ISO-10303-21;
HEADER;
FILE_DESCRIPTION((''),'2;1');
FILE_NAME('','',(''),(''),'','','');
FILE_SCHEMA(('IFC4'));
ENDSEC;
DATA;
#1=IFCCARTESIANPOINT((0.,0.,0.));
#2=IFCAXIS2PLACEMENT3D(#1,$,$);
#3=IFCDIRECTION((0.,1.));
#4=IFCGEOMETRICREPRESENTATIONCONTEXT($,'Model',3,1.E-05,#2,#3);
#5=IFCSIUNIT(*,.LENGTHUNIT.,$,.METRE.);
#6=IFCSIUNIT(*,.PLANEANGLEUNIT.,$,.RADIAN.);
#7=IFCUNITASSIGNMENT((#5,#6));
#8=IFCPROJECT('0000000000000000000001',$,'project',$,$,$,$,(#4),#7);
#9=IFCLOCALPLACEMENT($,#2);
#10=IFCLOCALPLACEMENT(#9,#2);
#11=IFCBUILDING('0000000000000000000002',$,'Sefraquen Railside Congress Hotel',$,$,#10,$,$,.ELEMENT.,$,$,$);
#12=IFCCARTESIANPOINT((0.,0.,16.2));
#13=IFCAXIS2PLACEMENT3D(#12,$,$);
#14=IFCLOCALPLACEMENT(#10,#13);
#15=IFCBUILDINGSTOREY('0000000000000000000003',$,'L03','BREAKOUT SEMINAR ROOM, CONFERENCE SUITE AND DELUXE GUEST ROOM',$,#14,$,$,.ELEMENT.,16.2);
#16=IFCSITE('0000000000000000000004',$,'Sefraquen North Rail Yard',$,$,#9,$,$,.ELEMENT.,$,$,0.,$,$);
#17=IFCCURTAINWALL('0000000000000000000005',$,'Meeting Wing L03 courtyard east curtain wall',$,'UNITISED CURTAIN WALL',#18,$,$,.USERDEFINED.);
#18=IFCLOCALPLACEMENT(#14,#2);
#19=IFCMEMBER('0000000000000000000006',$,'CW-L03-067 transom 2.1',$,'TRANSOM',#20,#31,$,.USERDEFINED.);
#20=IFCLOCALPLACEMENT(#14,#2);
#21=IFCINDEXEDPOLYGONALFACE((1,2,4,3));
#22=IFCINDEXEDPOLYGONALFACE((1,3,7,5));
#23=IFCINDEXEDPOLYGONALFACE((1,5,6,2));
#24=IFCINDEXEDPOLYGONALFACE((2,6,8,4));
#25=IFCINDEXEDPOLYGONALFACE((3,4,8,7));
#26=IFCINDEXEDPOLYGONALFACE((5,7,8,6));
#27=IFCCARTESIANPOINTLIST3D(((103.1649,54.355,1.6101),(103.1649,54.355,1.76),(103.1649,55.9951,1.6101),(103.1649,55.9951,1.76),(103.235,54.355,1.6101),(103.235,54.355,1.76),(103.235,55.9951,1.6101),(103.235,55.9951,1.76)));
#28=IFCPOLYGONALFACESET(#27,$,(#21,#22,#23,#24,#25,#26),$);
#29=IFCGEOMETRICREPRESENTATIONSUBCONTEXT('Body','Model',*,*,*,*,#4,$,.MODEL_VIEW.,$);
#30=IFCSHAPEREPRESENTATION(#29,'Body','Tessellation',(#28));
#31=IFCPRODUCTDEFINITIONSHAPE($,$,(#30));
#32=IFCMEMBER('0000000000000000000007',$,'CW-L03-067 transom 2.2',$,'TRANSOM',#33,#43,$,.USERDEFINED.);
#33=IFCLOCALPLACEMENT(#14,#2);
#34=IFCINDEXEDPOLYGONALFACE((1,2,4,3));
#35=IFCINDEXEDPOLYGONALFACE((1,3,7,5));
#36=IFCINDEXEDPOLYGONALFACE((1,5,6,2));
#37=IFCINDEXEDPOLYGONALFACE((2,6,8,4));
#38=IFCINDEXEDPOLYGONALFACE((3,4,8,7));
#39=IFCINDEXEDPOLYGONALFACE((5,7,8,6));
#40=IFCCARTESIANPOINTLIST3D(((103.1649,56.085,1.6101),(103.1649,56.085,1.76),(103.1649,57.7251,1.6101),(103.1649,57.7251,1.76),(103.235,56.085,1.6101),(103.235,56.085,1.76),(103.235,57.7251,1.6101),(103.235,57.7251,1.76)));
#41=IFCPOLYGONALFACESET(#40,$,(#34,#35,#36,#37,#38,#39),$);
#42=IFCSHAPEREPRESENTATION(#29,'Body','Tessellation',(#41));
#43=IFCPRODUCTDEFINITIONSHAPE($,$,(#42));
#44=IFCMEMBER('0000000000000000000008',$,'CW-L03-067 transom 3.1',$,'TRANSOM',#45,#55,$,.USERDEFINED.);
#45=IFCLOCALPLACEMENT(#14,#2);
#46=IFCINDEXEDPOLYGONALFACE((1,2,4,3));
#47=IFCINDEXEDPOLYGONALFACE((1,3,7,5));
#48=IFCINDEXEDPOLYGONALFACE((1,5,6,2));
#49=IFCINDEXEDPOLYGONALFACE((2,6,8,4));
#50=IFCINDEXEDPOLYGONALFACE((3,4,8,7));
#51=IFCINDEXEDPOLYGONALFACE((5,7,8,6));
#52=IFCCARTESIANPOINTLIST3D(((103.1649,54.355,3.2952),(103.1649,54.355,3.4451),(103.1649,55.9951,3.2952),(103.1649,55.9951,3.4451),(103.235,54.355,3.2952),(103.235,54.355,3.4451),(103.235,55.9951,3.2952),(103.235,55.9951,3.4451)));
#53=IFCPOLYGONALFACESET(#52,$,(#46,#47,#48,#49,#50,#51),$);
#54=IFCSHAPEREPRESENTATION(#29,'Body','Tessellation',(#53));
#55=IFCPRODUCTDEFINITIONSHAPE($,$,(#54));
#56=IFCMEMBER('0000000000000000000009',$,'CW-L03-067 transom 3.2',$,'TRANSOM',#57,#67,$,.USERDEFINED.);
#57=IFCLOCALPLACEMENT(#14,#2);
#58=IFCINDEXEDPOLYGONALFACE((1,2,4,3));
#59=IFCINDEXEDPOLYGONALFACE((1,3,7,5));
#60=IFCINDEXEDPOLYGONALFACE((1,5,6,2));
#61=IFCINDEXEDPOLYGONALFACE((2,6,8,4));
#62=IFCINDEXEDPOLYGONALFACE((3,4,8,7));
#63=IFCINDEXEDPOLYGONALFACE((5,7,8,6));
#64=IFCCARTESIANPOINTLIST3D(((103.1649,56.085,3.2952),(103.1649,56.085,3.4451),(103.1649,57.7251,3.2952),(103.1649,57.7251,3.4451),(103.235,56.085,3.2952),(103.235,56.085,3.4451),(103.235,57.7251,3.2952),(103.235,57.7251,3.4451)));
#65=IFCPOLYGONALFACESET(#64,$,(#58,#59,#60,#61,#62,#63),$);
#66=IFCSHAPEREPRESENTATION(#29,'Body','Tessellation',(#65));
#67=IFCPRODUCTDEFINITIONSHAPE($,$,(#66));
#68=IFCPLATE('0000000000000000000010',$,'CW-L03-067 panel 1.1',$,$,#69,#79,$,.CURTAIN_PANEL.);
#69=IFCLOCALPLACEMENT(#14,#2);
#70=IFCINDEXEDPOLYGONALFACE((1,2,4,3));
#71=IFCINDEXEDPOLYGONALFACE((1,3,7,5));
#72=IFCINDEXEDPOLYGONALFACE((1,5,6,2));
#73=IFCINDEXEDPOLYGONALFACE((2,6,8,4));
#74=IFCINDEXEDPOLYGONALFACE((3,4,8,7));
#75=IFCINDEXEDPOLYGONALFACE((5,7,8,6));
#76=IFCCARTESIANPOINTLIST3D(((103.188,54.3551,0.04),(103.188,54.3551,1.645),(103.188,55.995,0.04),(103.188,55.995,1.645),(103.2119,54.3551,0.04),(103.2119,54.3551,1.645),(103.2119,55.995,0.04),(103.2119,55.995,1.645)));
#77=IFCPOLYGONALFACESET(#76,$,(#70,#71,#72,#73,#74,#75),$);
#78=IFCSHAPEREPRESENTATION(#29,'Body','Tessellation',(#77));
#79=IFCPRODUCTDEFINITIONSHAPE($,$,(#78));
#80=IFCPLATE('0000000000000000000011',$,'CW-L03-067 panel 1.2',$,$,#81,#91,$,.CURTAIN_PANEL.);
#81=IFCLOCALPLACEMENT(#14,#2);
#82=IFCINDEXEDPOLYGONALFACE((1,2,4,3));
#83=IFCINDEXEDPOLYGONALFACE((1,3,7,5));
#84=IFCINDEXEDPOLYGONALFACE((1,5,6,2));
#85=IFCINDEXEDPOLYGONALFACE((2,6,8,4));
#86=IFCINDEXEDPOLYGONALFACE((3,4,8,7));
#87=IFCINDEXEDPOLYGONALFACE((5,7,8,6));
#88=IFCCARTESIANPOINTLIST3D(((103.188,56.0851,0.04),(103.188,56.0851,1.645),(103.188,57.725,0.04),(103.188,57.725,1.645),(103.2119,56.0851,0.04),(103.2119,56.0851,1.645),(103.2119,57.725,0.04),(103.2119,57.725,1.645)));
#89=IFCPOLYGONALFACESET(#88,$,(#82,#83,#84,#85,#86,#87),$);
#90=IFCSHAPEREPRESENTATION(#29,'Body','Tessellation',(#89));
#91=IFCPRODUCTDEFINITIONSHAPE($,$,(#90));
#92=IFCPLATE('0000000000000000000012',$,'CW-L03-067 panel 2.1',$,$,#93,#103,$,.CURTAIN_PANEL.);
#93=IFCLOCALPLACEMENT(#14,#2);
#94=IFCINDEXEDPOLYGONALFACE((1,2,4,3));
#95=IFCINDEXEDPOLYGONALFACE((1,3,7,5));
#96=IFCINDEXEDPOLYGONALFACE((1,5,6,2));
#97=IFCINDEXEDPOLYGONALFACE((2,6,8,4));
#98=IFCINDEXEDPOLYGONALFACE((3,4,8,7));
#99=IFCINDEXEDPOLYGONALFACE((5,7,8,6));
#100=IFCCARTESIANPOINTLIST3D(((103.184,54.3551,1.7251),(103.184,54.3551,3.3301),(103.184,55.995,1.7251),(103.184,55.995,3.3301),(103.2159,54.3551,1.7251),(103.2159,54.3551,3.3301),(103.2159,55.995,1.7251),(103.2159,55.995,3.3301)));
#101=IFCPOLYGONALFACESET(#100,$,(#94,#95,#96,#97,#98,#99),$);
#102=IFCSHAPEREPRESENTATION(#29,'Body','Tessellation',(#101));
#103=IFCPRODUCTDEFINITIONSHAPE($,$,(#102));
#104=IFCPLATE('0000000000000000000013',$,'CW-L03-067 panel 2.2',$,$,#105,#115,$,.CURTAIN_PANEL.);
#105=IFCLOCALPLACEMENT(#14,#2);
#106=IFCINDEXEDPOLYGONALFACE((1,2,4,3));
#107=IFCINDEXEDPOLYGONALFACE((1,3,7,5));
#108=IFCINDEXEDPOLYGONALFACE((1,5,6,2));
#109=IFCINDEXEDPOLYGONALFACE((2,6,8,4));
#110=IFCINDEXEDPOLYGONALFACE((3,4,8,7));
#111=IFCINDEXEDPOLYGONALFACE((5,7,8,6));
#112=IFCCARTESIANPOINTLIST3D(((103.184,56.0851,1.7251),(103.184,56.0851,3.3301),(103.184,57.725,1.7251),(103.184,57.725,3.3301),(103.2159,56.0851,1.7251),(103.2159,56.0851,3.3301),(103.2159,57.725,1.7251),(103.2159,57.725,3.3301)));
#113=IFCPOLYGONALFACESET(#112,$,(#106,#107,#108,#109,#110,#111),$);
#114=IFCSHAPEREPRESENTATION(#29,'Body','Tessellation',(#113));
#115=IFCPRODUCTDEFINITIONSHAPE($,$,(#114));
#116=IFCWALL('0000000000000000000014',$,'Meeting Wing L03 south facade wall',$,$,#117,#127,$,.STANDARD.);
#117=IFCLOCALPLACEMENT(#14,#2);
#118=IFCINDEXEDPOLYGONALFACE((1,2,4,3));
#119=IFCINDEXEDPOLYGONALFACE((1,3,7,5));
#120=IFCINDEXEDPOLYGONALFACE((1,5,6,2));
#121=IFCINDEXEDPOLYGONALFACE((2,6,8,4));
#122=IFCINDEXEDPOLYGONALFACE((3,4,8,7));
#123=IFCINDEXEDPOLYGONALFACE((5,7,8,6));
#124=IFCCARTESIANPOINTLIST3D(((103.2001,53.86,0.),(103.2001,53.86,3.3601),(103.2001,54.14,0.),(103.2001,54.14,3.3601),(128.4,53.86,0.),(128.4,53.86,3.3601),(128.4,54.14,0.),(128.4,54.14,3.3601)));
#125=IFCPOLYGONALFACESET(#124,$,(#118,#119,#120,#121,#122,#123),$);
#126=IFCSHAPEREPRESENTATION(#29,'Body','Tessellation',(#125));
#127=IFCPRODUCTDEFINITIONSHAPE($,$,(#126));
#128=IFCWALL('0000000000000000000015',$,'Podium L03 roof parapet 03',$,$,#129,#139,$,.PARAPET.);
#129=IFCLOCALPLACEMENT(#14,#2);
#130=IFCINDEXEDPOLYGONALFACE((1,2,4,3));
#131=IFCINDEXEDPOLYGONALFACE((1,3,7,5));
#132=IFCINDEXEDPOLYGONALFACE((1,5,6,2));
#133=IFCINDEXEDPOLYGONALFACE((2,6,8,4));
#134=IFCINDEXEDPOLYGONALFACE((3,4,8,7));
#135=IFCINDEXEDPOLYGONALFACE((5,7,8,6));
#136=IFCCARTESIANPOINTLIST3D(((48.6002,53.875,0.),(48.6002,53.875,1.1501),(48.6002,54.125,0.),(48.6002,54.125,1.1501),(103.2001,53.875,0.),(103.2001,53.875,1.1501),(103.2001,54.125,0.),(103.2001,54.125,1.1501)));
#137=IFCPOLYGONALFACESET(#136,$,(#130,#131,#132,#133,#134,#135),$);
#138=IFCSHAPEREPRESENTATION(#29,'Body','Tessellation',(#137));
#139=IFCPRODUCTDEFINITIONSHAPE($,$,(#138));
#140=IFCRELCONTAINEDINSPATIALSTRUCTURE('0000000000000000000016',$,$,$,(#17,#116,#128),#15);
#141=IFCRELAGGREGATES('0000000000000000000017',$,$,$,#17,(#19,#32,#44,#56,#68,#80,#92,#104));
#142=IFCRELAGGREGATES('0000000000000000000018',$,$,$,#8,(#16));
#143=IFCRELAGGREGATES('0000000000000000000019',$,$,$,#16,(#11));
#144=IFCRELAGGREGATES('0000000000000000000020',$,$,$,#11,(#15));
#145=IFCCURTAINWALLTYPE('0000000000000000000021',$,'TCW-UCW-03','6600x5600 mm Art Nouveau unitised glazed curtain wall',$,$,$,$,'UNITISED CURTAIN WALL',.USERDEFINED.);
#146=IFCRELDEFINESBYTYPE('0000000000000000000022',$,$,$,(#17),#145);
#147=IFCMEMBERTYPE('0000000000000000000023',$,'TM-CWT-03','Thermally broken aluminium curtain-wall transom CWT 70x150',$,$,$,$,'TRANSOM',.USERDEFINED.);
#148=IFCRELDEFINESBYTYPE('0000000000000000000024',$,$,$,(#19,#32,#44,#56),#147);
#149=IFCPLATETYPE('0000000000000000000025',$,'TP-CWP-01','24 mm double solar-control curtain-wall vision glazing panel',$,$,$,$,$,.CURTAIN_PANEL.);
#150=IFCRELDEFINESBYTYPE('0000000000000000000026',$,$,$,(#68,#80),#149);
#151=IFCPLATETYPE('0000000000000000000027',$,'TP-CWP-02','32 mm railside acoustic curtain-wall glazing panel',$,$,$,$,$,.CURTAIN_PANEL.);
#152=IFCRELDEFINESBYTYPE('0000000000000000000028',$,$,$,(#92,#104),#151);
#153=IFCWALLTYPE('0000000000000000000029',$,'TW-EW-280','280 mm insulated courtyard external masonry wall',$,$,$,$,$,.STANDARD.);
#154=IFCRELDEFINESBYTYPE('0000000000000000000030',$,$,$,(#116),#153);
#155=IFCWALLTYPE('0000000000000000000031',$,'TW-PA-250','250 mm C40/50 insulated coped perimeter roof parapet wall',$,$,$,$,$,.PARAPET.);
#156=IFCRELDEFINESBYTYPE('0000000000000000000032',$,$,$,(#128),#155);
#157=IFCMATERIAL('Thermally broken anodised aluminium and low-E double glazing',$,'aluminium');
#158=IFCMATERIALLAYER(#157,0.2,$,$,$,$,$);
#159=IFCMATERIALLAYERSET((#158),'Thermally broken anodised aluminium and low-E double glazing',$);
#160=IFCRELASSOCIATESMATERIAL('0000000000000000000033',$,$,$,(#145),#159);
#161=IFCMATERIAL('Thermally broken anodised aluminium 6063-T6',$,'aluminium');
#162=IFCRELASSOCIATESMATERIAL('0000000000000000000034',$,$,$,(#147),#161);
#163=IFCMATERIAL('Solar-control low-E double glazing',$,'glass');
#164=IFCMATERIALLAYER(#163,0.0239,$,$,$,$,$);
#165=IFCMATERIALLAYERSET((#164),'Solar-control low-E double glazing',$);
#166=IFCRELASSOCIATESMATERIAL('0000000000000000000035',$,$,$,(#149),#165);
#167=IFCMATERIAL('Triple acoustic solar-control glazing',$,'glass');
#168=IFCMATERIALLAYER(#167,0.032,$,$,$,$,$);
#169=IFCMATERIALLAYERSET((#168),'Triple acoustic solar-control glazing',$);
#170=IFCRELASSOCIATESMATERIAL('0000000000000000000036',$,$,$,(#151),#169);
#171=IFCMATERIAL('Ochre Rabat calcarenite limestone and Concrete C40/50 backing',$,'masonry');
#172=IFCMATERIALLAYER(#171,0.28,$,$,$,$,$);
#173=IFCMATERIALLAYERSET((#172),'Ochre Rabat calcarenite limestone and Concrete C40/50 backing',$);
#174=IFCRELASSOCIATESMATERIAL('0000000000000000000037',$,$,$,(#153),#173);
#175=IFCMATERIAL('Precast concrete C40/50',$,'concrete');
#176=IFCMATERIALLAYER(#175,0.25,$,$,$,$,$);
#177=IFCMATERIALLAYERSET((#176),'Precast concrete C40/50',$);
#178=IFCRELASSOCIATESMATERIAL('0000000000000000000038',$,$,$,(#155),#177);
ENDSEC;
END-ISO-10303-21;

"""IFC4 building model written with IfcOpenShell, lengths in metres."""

from ifc_helpers import new_model, si_unit, direction, frame, frame_2d, origin, origin_2d, place, context, subcontext, project, spatial, rectangle, extrude, material, layer, layer_set, material_profile, profile_set, type_object, element, aggregate, save


model = new_model("IFC4")

# Units and contexts
model_context = context("Model", 3, precision=1e-05, world=origin(), true_north=direction((0.0, 1.0)))
body_context = subcontext(model_context, "Body", "Model", "MODEL_VIEW")
ifc_project = project(units=[si_unit("LENGTHUNIT", "METRE"), si_unit("PLANEANGLEUNIT", "RADIAN")], contexts=[model_context])

# Site, building, storey
site_placement = place(None, origin())
site = spatial("IfcSite", under=ifc_project, at=site_placement, Name="Sefraquen North Rail Yard", CompositionType="ELEMENT", RefElevation=0.0)
building_placement = place(site_placement, origin())
building = spatial("IfcBuilding", under=site, at=building_placement, Name="Sefraquen Railside Congress Hotel", CompositionType="ELEMENT")
storey_placement = place(building_placement, frame((0.0, 0.0, 16.2)))
storey = spatial("IfcBuildingStorey", under=building, at=storey_placement, Name="L03", Description="BREAKOUT SEMINAR ROOM, CONFERENCE SUITE AND DELUXE GUEST ROOM", CompositionType="ELEMENT", Elevation=16.2)

# Curtain wall, members, plates
ifc_material_1 = material(Name="Thermally broken anodised aluminium and low-E double glazing", Category="aluminium")
ifc_layer_1 = layer(ifc_material_1, 0.2)
ifc_layer_set_1 = layer_set([ifc_layer_1], Name="Thermally broken anodised aluminium and low-E double glazing")
curtain_wall_type = type_object("IfcCurtainWallType", Name="TCW-UCW-03", Description="6600x5600 mm Art Nouveau unitised glazed curtain wall", ElementType="UNITISED CURTAIN WALL", PredefinedType="USERDEFINED", material=ifc_layer_set_1)
curtain_wall_placement = place(storey_placement, origin())
curtain_wall = element("IfcCurtainWall", 1, at=curtain_wall_placement, inside=storey, type_object=curtain_wall_type, Name="Meeting Wing L03 courtyard east curtain wall", ObjectType="UNITISED CURTAIN WALL", PredefinedType="USERDEFINED")
ifc_material_2 = material(Name="Thermally broken anodised aluminium 6063-T6", Category="aluminium")
ifc_material_profile_1 = material_profile(ifc_material_2, rectangle(XDim=0.0701, YDim=0.1499, at=origin_2d()), Name="CWT 70x150")
ifc_profile_set_1 = profile_set([ifc_material_profile_1], Name="Thermally broken anodised aluminium 6063-T6")
member_type_1 = type_object("IfcMemberType", Name="TM-CWT-03", Description="Thermally broken aluminium curtain-wall transom CWT 70x150", ElementType="TRANSOM", PredefinedType="USERDEFINED", material=ifc_profile_set_1)
member_1_placement = place(storey_placement, frame((103.2, 54.355, 1.6851), z_axis=(0.0, 1.0, 0.0), x_axis=(-1.0, 0.0, 0.0)))
member_1 = element("IfcMember", 2, at=member_1_placement, type_object=member_type_1, Name="CW-L03-067 transom 2.1", ObjectType="TRANSOM", PredefinedType="USERDEFINED", context=body_context, shape_type="SweptSolid", body=[
    extrude(rectangle(XDim=0.0701, YDim=0.1499, at=origin_2d()), origin(), (0.0, 0.0, 1.0), 1.6401),
])
member_2_placement = place(storey_placement, frame((103.2, 56.085, 1.6851), z_axis=(0.0, 1.0, 0.0), x_axis=(-1.0, 0.0, 0.0)))
member_2 = element("IfcMember", 3, at=member_2_placement, type_object=member_type_1, Name="CW-L03-067 transom 2.2", ObjectType="TRANSOM", PredefinedType="USERDEFINED", context=body_context, shape_type="SweptSolid", body=[
    extrude(rectangle(XDim=0.0701, YDim=0.1499, at=origin_2d()), origin(), (0.0, 0.0, 1.0), 1.6401),
])
member_3_placement = place(storey_placement, frame((103.2, 54.355, 3.3701), z_axis=(0.0, 1.0, 0.0), x_axis=(-1.0, 0.0, 0.0)))
member_3 = element("IfcMember", 4, at=member_3_placement, type_object=member_type_1, Name="CW-L03-067 transom 3.1", ObjectType="TRANSOM", PredefinedType="USERDEFINED", context=body_context, shape_type="SweptSolid", body=[
    extrude(rectangle(XDim=0.0701, YDim=0.1499, at=origin_2d()), origin(), (0.0, 0.0, 1.0), 1.6401),
])
member_4_placement = place(storey_placement, frame((103.2, 56.085, 3.3701), z_axis=(0.0, 1.0, 0.0), x_axis=(-1.0, 0.0, 0.0)))
member_4 = element("IfcMember", 5, at=member_4_placement, type_object=member_type_1, Name="CW-L03-067 transom 3.2", ObjectType="TRANSOM", PredefinedType="USERDEFINED", context=body_context, shape_type="SweptSolid", body=[
    extrude(rectangle(XDim=0.0701, YDim=0.1499, at=origin_2d()), origin(), (0.0, 0.0, 1.0), 1.6401),
])
ifc_material_3 = material(Name="Solar-control low-E double glazing", Category="glass")
ifc_layer_2 = layer(ifc_material_3, 0.0239)
ifc_layer_set_2 = layer_set([ifc_layer_2], Name="Solar-control low-E double glazing")
plate_type_1 = type_object("IfcPlateType", Name="TP-CWP-01", Description="24 mm double solar-control curtain-wall vision glazing panel", PredefinedType="CURTAIN_PANEL", material=ifc_layer_set_2)
plate_1_placement = place(storey_placement, frame((103.2, 55.175, 0.04), z_axis=(0.0, 0.0, 1.0), x_axis=(0.0, 1.0, 0.0)))
plate_1 = element("IfcPlate", 6, at=plate_1_placement, type_object=plate_type_1, Name="CW-L03-067 panel 1.1", PredefinedType="CURTAIN_PANEL", context=body_context, shape_type="SweptSolid", body=[
    extrude(rectangle(XDim=1.6399, YDim=0.0239, at=origin_2d()), origin(), (0.0, 0.0, 1.0), 1.605),
])
plate_2_placement = place(storey_placement, frame((103.2, 56.905, 0.04), z_axis=(0.0, 0.0, 1.0), x_axis=(0.0, 1.0, 0.0)))
plate_2 = element("IfcPlate", 7, at=plate_2_placement, type_object=plate_type_1, Name="CW-L03-067 panel 1.2", PredefinedType="CURTAIN_PANEL", context=body_context, shape_type="SweptSolid", body=[
    extrude(rectangle(XDim=1.6399, YDim=0.0239, at=origin_2d()), origin(), (0.0, 0.0, 1.0), 1.605),
])
ifc_material_4 = material(Name="Triple acoustic solar-control glazing", Category="glass")
ifc_layer_3 = layer(ifc_material_4, 0.032)
ifc_layer_set_3 = layer_set([ifc_layer_3], Name="Triple acoustic solar-control glazing")
plate_type_2 = type_object("IfcPlateType", Name="TP-CWP-02", Description="32 mm railside acoustic curtain-wall glazing panel", PredefinedType="CURTAIN_PANEL", material=ifc_layer_set_3)
plate_3_placement = place(storey_placement, frame((103.2, 55.175, 1.7251), z_axis=(0.0, 0.0, 1.0), x_axis=(0.0, 1.0, 0.0)))
plate_3 = element("IfcPlate", 8, at=plate_3_placement, type_object=plate_type_2, Name="CW-L03-067 panel 2.1", PredefinedType="CURTAIN_PANEL", context=body_context, shape_type="SweptSolid", body=[
    extrude(rectangle(XDim=1.6399, YDim=0.032, at=origin_2d()), origin(), (0.0, 0.0, 1.0), 1.605),
])
plate_4_placement = place(storey_placement, frame((103.2, 56.905, 1.7251), z_axis=(0.0, 0.0, 1.0), x_axis=(0.0, 1.0, 0.0)))
plate_4 = element("IfcPlate", 9, at=plate_4_placement, type_object=plate_type_2, Name="CW-L03-067 panel 2.2", PredefinedType="CURTAIN_PANEL", context=body_context, shape_type="SweptSolid", body=[
    extrude(rectangle(XDim=1.6399, YDim=0.032, at=origin_2d()), origin(), (0.0, 0.0, 1.0), 1.605),
])
aggregate(curtain_wall, [member_1, member_2, member_3, member_4, plate_1, plate_2, plate_3, plate_4])

# Walls
ifc_material_5 = material(Name="Ochre Rabat calcarenite limestone and Concrete C40/50 backing", Category="masonry")
ifc_layer_4 = layer(ifc_material_5, 0.28)
ifc_layer_set_4 = layer_set([ifc_layer_4], Name="Ochre Rabat calcarenite limestone and Concrete C40/50 backing")
wall_type_1 = type_object("IfcWallType", Name="TW-EW-280", Description="280 mm insulated courtyard external masonry wall", PredefinedType="STANDARD", material=ifc_layer_set_4)
wall_1_placement = place(storey_placement, frame((103.2, 54.0, 0.0), z_axis=(0.0, 0.0, 1.0), x_axis=(1.0, 0.0, 0.0)))
element("IfcWall", 10, at=wall_1_placement, inside=storey, type_object=wall_type_1, Name="Meeting Wing L03 south facade wall", PredefinedType="STANDARD", context=body_context, shape_type="SweptSolid", body=[
    extrude(rectangle(XDim=25.2, YDim=0.28, at=frame_2d((12.6001, 0.0))), origin(), (0.0, 0.0, 1.0), 3.3601),
])
ifc_material_6 = material(Name="Precast concrete C40/50", Category="concrete")
ifc_layer_5 = layer(ifc_material_6, 0.25)
ifc_layer_set_5 = layer_set([ifc_layer_5], Name="Precast concrete C40/50")
wall_type_2 = type_object("IfcWallType", Name="TW-PA-250", Description="250 mm C40/50 insulated coped perimeter roof parapet wall", PredefinedType="PARAPET", material=ifc_layer_set_5)
wall_2_placement = place(storey_placement, frame((103.2, 54.0, 0.0), z_axis=(0.0, 0.0, 1.0), x_axis=(-1.0, 0.0, 0.0)))
element("IfcWall", 11, at=wall_2_placement, inside=storey, type_object=wall_type_2, Name="Podium L03 roof parapet 03", PredefinedType="PARAPET", context=body_context, shape_type="SweptSolid", body=[
    extrude(rectangle(XDim=54.5999, YDim=0.25, at=frame_2d((27.2998, 0.0))), origin(), (0.0, 0.0, 1.0), 1.1501),
])

save(model, "model.ifc")
